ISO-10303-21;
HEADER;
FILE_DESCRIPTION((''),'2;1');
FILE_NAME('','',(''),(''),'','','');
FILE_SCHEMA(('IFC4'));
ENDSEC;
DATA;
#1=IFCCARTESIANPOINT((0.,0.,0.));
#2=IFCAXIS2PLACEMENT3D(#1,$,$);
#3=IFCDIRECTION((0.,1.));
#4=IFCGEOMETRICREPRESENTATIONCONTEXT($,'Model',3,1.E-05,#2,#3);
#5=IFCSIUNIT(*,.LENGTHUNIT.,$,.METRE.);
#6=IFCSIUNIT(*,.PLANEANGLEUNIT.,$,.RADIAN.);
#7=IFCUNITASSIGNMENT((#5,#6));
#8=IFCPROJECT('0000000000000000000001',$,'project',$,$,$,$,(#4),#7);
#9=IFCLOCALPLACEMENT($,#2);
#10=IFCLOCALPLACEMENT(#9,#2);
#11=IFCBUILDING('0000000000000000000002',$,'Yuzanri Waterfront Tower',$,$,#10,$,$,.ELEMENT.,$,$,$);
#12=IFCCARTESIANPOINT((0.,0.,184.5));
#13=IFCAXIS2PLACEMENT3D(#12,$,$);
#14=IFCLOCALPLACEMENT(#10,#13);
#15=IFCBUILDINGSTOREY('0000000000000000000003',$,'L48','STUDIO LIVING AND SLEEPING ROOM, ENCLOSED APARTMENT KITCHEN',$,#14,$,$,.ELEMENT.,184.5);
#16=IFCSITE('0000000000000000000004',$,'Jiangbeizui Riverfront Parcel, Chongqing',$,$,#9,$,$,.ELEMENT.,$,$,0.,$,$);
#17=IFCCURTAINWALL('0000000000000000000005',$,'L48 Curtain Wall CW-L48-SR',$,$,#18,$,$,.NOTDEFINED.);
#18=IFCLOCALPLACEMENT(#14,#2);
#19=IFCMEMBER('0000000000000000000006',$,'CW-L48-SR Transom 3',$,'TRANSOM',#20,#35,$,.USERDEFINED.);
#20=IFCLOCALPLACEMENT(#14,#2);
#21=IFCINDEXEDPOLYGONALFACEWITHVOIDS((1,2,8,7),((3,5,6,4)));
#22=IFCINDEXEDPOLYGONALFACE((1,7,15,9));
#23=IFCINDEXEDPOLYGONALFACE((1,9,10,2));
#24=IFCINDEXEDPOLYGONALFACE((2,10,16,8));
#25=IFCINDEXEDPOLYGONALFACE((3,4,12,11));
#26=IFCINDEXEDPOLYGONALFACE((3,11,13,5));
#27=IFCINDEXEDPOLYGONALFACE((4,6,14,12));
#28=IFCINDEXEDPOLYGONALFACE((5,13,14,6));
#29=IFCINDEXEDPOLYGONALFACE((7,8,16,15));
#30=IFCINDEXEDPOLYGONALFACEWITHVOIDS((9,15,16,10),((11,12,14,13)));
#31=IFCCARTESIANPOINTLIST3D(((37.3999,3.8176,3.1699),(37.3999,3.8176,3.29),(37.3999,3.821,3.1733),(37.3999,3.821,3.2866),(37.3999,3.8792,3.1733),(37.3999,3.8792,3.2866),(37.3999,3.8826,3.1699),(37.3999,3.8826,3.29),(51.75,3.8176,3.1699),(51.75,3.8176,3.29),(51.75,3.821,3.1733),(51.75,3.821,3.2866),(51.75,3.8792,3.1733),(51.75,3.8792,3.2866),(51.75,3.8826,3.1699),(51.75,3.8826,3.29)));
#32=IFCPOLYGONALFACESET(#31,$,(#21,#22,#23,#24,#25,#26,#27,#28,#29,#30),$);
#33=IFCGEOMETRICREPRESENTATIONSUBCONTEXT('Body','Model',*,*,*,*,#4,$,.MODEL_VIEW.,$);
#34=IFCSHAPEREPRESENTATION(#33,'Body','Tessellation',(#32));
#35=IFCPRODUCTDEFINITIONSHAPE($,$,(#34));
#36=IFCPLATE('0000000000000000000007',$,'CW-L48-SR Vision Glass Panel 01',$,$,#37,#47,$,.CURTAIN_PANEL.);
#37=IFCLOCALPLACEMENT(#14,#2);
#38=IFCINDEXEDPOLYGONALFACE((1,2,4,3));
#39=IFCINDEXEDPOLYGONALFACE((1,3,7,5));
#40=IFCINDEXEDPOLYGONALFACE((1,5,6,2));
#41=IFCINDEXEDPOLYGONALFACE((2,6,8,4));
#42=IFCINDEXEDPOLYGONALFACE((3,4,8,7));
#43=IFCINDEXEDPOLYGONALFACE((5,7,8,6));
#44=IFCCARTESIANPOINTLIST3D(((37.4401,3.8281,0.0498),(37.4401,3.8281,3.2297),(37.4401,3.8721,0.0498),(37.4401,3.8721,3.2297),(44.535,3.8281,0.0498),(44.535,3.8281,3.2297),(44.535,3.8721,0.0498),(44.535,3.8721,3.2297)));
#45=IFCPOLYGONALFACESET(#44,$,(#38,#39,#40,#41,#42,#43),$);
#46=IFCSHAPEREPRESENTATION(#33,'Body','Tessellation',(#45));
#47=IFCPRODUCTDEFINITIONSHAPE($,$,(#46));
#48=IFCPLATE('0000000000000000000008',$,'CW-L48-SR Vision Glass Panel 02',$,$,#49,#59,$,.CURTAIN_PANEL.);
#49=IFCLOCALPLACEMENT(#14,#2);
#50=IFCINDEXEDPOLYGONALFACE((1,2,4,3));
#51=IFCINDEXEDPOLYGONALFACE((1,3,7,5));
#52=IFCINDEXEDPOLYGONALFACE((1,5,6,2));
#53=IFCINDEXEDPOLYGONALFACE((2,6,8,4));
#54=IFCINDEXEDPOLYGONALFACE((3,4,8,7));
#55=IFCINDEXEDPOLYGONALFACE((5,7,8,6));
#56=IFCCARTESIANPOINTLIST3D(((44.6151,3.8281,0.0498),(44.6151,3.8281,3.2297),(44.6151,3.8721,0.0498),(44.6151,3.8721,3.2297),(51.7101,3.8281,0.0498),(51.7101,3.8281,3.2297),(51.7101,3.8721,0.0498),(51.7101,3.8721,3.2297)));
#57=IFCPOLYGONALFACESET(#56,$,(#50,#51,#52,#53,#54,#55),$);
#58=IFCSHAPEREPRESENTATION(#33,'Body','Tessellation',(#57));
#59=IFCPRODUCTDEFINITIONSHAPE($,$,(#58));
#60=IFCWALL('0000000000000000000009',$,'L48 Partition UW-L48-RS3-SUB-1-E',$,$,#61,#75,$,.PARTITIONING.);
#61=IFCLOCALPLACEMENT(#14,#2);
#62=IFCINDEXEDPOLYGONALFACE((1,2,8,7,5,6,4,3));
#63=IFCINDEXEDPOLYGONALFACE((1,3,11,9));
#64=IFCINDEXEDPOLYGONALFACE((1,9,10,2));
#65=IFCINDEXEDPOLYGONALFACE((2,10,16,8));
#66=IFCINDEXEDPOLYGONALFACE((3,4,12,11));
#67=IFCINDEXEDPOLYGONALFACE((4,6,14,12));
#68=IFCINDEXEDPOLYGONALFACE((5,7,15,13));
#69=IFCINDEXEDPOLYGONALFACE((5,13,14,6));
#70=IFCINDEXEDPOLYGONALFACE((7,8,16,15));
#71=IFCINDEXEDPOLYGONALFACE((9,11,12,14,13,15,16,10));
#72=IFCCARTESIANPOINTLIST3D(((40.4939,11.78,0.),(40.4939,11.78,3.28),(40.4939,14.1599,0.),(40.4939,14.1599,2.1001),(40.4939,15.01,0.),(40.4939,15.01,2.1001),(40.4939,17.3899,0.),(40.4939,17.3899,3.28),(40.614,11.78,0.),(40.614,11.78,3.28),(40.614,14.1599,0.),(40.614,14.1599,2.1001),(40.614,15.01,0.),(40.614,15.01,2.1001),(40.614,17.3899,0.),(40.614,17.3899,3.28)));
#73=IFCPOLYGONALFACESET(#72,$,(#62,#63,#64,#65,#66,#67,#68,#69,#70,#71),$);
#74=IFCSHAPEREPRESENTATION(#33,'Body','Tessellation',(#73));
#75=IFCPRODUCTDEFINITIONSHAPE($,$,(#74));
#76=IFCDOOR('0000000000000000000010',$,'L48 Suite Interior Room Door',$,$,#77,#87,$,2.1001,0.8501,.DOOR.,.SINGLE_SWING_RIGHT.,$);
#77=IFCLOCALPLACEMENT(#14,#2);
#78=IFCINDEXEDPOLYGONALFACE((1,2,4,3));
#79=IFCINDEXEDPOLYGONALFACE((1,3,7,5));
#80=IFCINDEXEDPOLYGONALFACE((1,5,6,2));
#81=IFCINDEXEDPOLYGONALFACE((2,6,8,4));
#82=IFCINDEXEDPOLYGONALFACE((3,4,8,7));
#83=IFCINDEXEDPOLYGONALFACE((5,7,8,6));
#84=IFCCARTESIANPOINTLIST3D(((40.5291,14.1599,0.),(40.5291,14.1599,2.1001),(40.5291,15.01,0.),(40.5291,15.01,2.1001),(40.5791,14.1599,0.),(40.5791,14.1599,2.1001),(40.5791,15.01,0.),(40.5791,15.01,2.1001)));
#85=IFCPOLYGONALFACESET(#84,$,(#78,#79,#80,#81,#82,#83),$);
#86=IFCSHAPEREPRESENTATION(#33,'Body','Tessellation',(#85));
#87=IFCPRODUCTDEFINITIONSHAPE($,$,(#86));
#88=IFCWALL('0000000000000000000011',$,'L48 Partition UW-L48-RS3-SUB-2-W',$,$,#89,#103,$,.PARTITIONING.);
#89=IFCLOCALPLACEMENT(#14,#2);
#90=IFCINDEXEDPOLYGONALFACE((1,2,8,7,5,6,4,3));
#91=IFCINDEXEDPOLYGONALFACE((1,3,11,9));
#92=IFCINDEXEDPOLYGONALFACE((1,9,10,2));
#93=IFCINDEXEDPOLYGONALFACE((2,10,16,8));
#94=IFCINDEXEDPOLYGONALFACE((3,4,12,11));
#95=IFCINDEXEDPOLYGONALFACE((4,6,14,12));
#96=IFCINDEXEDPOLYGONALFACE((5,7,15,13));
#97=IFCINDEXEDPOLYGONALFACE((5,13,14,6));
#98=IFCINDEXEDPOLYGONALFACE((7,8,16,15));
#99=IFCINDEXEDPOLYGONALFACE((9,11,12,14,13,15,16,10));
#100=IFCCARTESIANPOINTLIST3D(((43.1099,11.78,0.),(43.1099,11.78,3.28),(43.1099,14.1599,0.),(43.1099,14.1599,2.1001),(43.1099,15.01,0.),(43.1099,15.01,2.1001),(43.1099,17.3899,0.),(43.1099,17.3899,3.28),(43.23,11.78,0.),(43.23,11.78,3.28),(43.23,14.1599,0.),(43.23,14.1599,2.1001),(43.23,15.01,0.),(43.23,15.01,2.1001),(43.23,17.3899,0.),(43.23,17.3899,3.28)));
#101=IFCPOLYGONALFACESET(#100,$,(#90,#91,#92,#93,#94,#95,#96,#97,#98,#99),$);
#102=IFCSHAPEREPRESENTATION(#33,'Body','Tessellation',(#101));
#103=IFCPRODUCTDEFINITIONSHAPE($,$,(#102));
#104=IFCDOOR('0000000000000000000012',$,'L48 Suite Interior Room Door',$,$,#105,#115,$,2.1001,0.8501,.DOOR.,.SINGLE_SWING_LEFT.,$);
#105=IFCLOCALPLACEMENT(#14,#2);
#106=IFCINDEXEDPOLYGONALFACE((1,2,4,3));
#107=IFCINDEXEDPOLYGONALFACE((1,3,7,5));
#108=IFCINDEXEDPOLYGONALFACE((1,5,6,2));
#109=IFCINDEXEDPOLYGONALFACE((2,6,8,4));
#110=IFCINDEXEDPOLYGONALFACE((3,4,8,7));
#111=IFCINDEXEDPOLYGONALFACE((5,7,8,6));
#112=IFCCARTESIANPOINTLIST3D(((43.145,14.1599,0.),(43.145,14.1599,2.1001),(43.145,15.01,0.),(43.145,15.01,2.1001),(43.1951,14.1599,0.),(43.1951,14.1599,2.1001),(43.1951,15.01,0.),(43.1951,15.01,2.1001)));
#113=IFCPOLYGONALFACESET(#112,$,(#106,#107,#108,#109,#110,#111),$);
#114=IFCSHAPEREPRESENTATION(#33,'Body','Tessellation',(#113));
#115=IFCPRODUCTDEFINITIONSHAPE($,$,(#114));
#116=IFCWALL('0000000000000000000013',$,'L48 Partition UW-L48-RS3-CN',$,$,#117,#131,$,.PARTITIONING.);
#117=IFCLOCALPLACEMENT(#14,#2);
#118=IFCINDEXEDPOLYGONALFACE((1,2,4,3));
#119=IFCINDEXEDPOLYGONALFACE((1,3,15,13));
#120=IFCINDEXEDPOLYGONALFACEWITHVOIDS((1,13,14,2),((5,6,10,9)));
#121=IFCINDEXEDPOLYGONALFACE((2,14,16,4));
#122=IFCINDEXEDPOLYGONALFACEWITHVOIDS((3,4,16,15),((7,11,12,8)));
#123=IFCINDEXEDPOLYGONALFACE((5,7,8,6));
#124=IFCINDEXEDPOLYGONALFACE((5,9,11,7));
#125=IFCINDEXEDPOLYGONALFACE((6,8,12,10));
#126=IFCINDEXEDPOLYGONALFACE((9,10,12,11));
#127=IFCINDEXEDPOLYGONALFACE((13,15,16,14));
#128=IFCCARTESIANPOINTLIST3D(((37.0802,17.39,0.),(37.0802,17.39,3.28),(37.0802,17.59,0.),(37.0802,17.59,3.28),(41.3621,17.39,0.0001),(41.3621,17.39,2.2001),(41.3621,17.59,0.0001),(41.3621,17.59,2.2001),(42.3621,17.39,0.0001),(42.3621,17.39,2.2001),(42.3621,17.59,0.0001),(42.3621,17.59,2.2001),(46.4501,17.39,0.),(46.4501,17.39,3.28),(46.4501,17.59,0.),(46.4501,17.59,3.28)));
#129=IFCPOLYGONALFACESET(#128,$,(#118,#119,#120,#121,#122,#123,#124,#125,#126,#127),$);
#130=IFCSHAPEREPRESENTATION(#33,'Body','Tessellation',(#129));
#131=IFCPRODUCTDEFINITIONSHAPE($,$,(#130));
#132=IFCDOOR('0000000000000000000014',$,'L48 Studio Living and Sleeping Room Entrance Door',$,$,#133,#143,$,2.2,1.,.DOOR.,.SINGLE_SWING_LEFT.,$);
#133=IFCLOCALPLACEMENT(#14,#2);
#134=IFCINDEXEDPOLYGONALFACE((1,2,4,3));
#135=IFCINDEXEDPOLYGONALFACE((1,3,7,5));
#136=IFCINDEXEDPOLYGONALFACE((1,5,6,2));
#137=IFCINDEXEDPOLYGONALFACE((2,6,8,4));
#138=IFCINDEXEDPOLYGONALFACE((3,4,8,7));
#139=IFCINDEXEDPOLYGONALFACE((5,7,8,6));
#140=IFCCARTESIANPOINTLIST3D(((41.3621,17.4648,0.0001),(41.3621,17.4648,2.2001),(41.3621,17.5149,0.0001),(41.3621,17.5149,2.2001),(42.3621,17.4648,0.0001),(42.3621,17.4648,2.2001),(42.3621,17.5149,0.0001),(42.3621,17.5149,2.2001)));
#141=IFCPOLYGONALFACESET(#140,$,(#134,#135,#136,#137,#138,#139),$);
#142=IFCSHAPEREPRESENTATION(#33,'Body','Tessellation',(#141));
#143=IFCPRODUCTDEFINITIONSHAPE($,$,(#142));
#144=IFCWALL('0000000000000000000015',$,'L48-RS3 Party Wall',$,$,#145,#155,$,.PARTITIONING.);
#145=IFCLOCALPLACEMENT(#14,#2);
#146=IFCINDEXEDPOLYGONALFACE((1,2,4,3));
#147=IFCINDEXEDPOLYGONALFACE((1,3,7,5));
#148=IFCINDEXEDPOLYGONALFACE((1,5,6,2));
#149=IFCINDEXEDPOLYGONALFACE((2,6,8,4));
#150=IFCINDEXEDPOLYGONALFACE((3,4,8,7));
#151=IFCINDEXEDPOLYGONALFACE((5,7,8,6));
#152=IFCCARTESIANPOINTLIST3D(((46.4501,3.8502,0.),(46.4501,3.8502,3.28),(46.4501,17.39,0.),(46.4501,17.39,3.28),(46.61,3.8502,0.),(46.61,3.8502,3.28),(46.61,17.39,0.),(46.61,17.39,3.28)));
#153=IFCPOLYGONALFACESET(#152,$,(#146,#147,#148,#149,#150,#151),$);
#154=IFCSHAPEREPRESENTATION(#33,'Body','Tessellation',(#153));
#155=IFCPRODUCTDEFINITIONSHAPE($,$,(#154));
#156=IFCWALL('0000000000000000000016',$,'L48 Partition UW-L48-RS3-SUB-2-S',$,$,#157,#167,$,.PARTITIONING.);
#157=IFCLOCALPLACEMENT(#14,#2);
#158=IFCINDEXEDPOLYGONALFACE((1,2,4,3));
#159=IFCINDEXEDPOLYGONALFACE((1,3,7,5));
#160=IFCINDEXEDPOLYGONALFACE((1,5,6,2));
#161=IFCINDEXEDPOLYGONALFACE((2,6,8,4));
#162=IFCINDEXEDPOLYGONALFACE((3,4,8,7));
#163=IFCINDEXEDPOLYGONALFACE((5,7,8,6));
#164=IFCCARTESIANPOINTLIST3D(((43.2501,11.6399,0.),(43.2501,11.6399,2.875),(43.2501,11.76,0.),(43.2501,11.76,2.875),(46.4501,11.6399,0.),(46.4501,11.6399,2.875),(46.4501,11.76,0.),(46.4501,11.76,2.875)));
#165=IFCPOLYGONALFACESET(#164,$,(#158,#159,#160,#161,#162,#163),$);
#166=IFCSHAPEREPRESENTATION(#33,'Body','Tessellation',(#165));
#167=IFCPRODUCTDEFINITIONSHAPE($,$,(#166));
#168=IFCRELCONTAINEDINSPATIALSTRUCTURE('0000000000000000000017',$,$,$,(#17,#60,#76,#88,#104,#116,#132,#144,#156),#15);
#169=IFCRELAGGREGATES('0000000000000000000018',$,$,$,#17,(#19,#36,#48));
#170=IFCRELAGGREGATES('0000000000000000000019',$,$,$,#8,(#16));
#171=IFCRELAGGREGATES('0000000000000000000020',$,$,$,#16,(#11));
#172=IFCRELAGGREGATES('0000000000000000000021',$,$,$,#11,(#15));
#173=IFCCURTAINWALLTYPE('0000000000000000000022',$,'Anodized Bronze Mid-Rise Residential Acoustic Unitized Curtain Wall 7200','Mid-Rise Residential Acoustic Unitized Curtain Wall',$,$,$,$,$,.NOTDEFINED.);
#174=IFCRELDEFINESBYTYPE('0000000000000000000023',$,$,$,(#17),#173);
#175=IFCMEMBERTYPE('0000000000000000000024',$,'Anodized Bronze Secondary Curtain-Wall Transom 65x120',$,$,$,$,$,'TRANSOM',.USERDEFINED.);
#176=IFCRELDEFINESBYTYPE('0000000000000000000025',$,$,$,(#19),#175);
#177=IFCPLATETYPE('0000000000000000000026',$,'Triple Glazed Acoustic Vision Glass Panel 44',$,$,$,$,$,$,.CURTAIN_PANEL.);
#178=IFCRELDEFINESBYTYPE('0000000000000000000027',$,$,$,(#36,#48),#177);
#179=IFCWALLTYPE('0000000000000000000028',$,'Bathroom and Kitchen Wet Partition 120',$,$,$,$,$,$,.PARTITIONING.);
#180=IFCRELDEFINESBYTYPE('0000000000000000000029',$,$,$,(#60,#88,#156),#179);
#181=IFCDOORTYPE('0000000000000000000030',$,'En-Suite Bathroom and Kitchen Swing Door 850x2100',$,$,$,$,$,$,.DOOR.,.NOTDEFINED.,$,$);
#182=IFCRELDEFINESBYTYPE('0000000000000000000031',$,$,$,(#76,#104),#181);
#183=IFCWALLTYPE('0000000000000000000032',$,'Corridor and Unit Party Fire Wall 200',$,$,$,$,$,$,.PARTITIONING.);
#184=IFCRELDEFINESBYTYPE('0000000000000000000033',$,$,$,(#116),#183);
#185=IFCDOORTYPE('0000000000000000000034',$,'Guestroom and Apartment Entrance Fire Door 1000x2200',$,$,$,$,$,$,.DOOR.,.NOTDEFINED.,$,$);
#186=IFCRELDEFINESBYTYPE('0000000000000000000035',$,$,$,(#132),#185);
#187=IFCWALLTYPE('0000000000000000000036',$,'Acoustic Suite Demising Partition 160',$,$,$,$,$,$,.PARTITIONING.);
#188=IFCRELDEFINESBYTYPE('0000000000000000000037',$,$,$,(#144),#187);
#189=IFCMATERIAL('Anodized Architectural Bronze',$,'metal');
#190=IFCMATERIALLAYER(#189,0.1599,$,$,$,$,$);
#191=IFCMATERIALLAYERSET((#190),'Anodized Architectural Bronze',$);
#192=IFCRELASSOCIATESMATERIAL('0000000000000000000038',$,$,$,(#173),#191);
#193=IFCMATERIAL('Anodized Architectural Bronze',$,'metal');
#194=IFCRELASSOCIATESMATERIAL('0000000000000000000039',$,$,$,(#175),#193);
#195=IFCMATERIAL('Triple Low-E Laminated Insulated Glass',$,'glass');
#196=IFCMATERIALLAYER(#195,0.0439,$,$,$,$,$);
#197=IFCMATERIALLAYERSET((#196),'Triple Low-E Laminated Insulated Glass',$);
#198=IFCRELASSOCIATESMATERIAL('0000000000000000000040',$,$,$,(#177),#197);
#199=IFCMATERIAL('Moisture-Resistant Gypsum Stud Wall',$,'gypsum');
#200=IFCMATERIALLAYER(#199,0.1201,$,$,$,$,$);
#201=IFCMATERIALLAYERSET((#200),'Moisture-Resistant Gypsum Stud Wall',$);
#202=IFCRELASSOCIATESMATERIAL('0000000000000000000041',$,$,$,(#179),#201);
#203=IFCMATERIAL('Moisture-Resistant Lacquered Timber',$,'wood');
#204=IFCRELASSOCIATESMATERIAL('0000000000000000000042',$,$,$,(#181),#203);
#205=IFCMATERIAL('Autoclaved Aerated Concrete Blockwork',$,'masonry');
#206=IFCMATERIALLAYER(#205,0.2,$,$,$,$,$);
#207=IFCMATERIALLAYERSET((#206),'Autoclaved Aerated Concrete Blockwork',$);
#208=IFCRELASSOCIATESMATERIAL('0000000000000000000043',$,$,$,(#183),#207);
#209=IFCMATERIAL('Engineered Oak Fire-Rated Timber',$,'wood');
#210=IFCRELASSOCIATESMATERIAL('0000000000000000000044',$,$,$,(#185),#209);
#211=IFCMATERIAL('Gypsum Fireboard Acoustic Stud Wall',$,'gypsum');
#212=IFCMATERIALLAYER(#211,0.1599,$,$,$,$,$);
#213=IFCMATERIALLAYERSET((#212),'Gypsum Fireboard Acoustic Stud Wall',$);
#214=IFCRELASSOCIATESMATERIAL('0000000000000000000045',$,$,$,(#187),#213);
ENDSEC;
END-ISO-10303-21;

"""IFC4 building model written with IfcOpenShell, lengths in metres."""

from ifc_helpers import new_model, si_unit, direction, frame, frame_2d, origin, origin_2d, place, context, subcontext, project, spatial, rectangle, hollow_rectangle, extrude, source, transform, mapped, material, layer, layer_set, material_profile, profile_set, type_object, element, fill, aggregate, save


model = new_model("IFC4")

# Units and contexts
model_context = context("Model", 3, precision=1e-05, world=origin(), true_north=direction((0.0, 1.0)))
body_context = subcontext(model_context, "Body", "Model", "MODEL_VIEW")
ifc_project = project(units=[si_unit("LENGTHUNIT", "METRE"), si_unit("PLANEANGLEUNIT", "RADIAN")], contexts=[model_context])

# Site, building, storey
site_placement = place(None, origin())
site = spatial("IfcSite", under=ifc_project, at=site_placement, Name="Jiangbeizui Riverfront Parcel, Chongqing", CompositionType="ELEMENT", RefElevation=0.0)
building_placement = place(site_placement, origin())
building = spatial("IfcBuilding", under=site, at=building_placement, Name="Yuzanri Waterfront Tower", CompositionType="ELEMENT")
storey_placement = place(building_placement, frame((0.0, 0.0, 184.5)))
storey = spatial("IfcBuildingStorey", under=building, at=storey_placement, Name="L48", Description="STUDIO LIVING AND SLEEPING ROOM, ENCLOSED APARTMENT KITCHEN", CompositionType="ELEMENT", Elevation=184.5)

# Curtain wall, member, plates
ifc_material_1 = material(Name="Anodized Architectural Bronze", Category="metal")
ifc_layer_1 = layer(ifc_material_1, 0.1599)
ifc_layer_set_1 = layer_set([ifc_layer_1], Name="Anodized Architectural Bronze")
curtain_wall_type = type_object("IfcCurtainWallType", Name="Anodized Bronze Mid-Rise Residential Acoustic Unitized Curtain Wall 7200", Description="Mid-Rise Residential Acoustic Unitized Curtain Wall", PredefinedType="NOTDEFINED", material=ifc_layer_set_1)
curtain_wall_placement = place(storey_placement, origin())
curtain_wall = element("IfcCurtainWall", 1, at=curtain_wall_placement, inside=storey, type_object=curtain_wall_type, Name="L48 Curtain Wall CW-L48-SR", PredefinedType="NOTDEFINED")
ifc_material_2 = material(Name="Anodized Architectural Bronze", Category="metal")
ifc_material_profile_1 = material_profile(ifc_material_2, hollow_rectangle(XDim=0.0649, YDim=0.1201, WallThickness=0.0034, at=origin_2d()), Name="CWT 65x120")
ifc_profile_set_1 = profile_set([ifc_material_profile_1], Name="Anodized Architectural Bronze")
member_type_1 = type_object("IfcMemberType", Name="Anodized Bronze Secondary Curtain-Wall Transom 65x120", ElementType="TRANSOM", PredefinedType="USERDEFINED", material=ifc_profile_set_1)
shared_shape_1 = source(origin(), body_context, "Body", "SweptSolid", [
    extrude(hollow_rectangle(XDim=0.0649, YDim=0.1201, WallThickness=0.0034, at=origin_2d()), origin(), (0.0, 0.0, 1.0), 14.3501),
])
member_1_placement = place(storey_placement, frame((37.3999, 3.8501, 3.23), z_axis=(1.0, 0.0, 0.0), x_axis=(0.0, 1.0, 0.0)))
member_1 = element("IfcMember", 2, at=member_1_placement, type_object=member_type_1, Name="CW-L48-SR Transom 3", ObjectType="TRANSOM", PredefinedType="USERDEFINED", context=body_context, shape_type="MappedRepresentation", body=[
    mapped(shared_shape_1, transform((0.0, 0.0, 0.0), scale=1.0)),
])
ifc_material_3 = material(Name="Triple Low-E Laminated Insulated Glass", Category="glass")
ifc_layer_2 = layer(ifc_material_3, 0.0439)
ifc_layer_set_2 = layer_set([ifc_layer_2], Name="Triple Low-E Laminated Insulated Glass")
plate_type = type_object("IfcPlateType", Name="Triple Glazed Acoustic Vision Glass Panel 44", PredefinedType="CURTAIN_PANEL", material=ifc_layer_set_2)
shared_shape_2 = source(origin(), body_context, "Body", "SweptSolid", [
    extrude(rectangle(XDim=7.095, YDim=0.0439, at=origin_2d()), origin(), (0.0, 0.0, 1.0), 3.1799),
])
plate_1_placement = place(storey_placement, frame((40.9875, 3.8501, 0.0498), z_axis=(0.0, 0.0, 1.0), x_axis=(1.0, 0.0, 0.0)))
plate_1 = element("IfcPlate", 3, at=plate_1_placement, type_object=plate_type, Name="CW-L48-SR Vision Glass Panel 01", PredefinedType="CURTAIN_PANEL", context=body_context, shape_type="MappedRepresentation", body=[
    mapped(shared_shape_2, transform((0.0, 0.0, 0.0), scale=1.0)),
])
plate_2_placement = place(storey_placement, frame((48.1626, 3.8501, 0.0498), z_axis=(0.0, 0.0, 1.0), x_axis=(1.0, 0.0, 0.0)))
plate_2 = element("IfcPlate", 4, at=plate_2_placement, type_object=plate_type, Name="CW-L48-SR Vision Glass Panel 02", PredefinedType="CURTAIN_PANEL", context=body_context, shape_type="MappedRepresentation", body=[
    mapped(shared_shape_2, transform((0.0, 0.0, 0.0), scale=1.0)),
])
aggregate(curtain_wall, [member_1, plate_1, plate_2])

# Walls, openings, doors
ifc_material_4 = material(Name="Moisture-Resistant Gypsum Stud Wall", Category="gypsum")
ifc_layer_3 = layer(ifc_material_4, 0.1201)
ifc_layer_set_3 = layer_set([ifc_layer_3], Name="Moisture-Resistant Gypsum Stud Wall")
wall_type_1 = type_object("IfcWallType", Name="Bathroom and Kitchen Wet Partition 120", PredefinedType="PARTITIONING", material=ifc_layer_set_3)
wall_1_placement = place(storey_placement, frame((40.554, 11.78, 0.0), z_axis=(0.0, 0.0, 1.0), x_axis=(0.0, 1.0, 0.0)))
wall_1 = element("IfcWall", 5, at=wall_1_placement, inside=storey, type_object=wall_type_1, Name="L48 Partition UW-L48-RS3-SUB-1-E", PredefinedType="PARTITIONING", context=body_context, shape_type="SweptSolid", body=[
    extrude(rectangle(XDim=5.6099, YDim=0.1201, at=frame_2d((2.8049, 0.0))), origin(), (0.0, 0.0, 1.0), 3.28),
])
opening_1_placement = place(wall_1_placement, frame((2.3799, 0.0, 0.0)))
opening_1 = element("IfcOpeningElement", 6, at=opening_1_placement, cuts=wall_1, PredefinedType="OPENING", context=body_context, shape_type="SweptSolid", body=[
    extrude(rectangle(XDim=0.8501, YDim=2.1001, at=frame_2d((0.425, 1.05))), frame((0.0, 0.075, 0.0), z_axis=(0.0, -1.0, 0.0), x_axis=(1.0, 0.0, 0.0)), (0.0, 0.0, 1.0), 0.1499),
])
ifc_material_5 = material(Name="Moisture-Resistant Lacquered Timber", Category="wood")
door_type_1 = type_object("IfcDoorType", Name="En-Suite Bathroom and Kitchen Swing Door 850x2100", OperationType="NOTDEFINED", PredefinedType="DOOR", material=ifc_material_5)
shared_shape_3 = source(origin(), body_context, "Body", "SweptSolid", [
    extrude(rectangle(XDim=0.8501, YDim=2.1001, at=frame_2d((0.425, 1.05))), frame((0.0, 0.0249, 0.0), z_axis=(0.0, -1.0, 0.0), x_axis=(1.0, 0.0, 0.0)), (0.0, 0.0, 1.0), 0.05),
])
door_1_placement = place(opening_1_placement, origin())
door_1 = element("IfcDoor", 7, at=door_1_placement, inside=storey, type_object=door_type_1, Name="L48 Suite Interior Room Door", OperationType="SINGLE_SWING_RIGHT", OverallHeight=2.1001, OverallWidth=0.8501, PredefinedType="DOOR", context=body_context, shape_type="MappedRepresentation", body=[
    mapped(shared_shape_3, transform((0.0, 0.0, 0.0), scale=1.0)),
])
fill(opening_1, door_1)
wall_2_placement = place(storey_placement, frame((43.1699, 11.78, 0.0), z_axis=(0.0, 0.0, 1.0), x_axis=(0.0, 1.0, 0.0)))
wall_2 = element("IfcWall", 8, at=wall_2_placement, inside=storey, type_object=wall_type_1, Name="L48 Partition UW-L48-RS3-SUB-2-W", PredefinedType="PARTITIONING", context=body_context, shape_type="SweptSolid", body=[
    extrude(rectangle(XDim=5.6099, YDim=0.1201, at=frame_2d((2.8049, 0.0))), origin(), (0.0, 0.0, 1.0), 3.28),
])
opening_2_placement = place(wall_2_placement, frame((2.3799, 0.0, 0.0)))
opening_2 = element("IfcOpeningElement", 9, at=opening_2_placement, cuts=wall_2, PredefinedType="OPENING", context=body_context, shape_type="SweptSolid", body=[
    extrude(rectangle(XDim=0.8501, YDim=2.1001, at=frame_2d((0.425, 1.05))), frame((0.0, 0.075, 0.0), z_axis=(0.0, -1.0, 0.0), x_axis=(1.0, 0.0, 0.0)), (0.0, 0.0, 1.0), 0.1499),
])
door_2_placement = place(opening_2_placement, origin())
door_2 = element("IfcDoor", 10, at=door_2_placement, inside=storey, type_object=door_type_1, Name="L48 Suite Interior Room Door", OperationType="SINGLE_SWING_LEFT", OverallHeight=2.1001, OverallWidth=0.8501, PredefinedType="DOOR", context=body_context, shape_type="MappedRepresentation", body=[
    mapped(shared_shape_3, transform((0.0, 0.0, 0.0), scale=1.0)),
])
fill(opening_2, door_2)
ifc_material_6 = material(Name="Autoclaved Aerated Concrete Blockwork", Category="masonry")
ifc_layer_4 = layer(ifc_material_6, 0.2)
ifc_layer_set_4 = layer_set([ifc_layer_4], Name="Autoclaved Aerated Concrete Blockwork")
wall_type_2 = type_object("IfcWallType", Name="Corridor and Unit Party Fire Wall 200", PredefinedType="PARTITIONING", material=ifc_layer_set_4)
wall_3_placement = place(storey_placement, frame((37.0801, 17.49, 0.0), z_axis=(0.0, 0.0, 1.0), x_axis=(1.0, 0.0, 0.0)))
wall_3 = element("IfcWall", 11, at=wall_3_placement, inside=storey, type_object=wall_type_2, Name="L48 Partition UW-L48-RS3-CN", PredefinedType="PARTITIONING", context=body_context, shape_type="SweptSolid", body=[
    extrude(rectangle(XDim=9.3699, YDim=0.2, at=frame_2d((4.6851, 0.0))), origin(), (0.0, 0.0, 1.0), 3.28),
])
opening_3_placement = place(wall_3_placement, frame((4.282, 0.0, 0.0)))
opening_3 = element("IfcOpeningElement", 12, at=opening_3_placement, cuts=wall_3, PredefinedType="OPENING", context=body_context, shape_type="SweptSolid", body=[
    extrude(rectangle(XDim=1.0, YDim=2.2, at=frame_2d((0.5, 1.1001))), frame((0.0, 0.1147, 0.0), z_axis=(0.0, -1.0, 0.0), x_axis=(1.0, 0.0, 0.0)), (0.0, 0.0, 1.0), 0.2297),
])
ifc_material_7 = material(Name="Engineered Oak Fire-Rated Timber", Category="wood")
door_type_2 = type_object("IfcDoorType", Name="Guestroom and Apartment Entrance Fire Door 1000x2200", OperationType="NOTDEFINED", PredefinedType="DOOR", material=ifc_material_7)
shared_shape_4 = source(origin(), body_context, "Body", "SweptSolid", [
    extrude(rectangle(XDim=1.0, YDim=2.2, at=frame_2d((0.5, 1.1001))), frame((0.0, 0.0249, 0.0), z_axis=(0.0, -1.0, 0.0), x_axis=(1.0, 0.0, 0.0)), (0.0, 0.0, 1.0), 0.05),
])
door_3_placement = place(opening_3_placement, origin())
door_3 = element("IfcDoor", 13, at=door_3_placement, inside=storey, type_object=door_type_2, Name="L48 Studio Living and Sleeping Room Entrance Door", OperationType="SINGLE_SWING_LEFT", OverallHeight=2.2, OverallWidth=1.0, PredefinedType="DOOR", context=body_context, shape_type="MappedRepresentation", body=[
    mapped(shared_shape_4, transform((0.0, 0.0, 0.0), scale=1.0)),
])
fill(opening_3, door_3)

# Walls
ifc_material_8 = material(Name="Gypsum Fireboard Acoustic Stud Wall", Category="gypsum")
ifc_layer_5 = layer(ifc_material_8, 0.1599)
ifc_layer_set_5 = layer_set([ifc_layer_5], Name="Gypsum Fireboard Acoustic Stud Wall")
wall_type_3 = type_object("IfcWallType", Name="Acoustic Suite Demising Partition 160", PredefinedType="PARTITIONING", material=ifc_layer_set_5)
shared_shape_5 = source(origin(), body_context, "Body", "SweptSolid", [
    extrude(rectangle(XDim=13.5398, YDim=0.1599, at=frame_2d((6.77, 0.0))), origin(), (0.0, 0.0, 1.0), 3.28),
])
wall_4_placement = place(storey_placement, frame((46.53, 3.8501, 0.0), z_axis=(0.0, 0.0, 1.0), x_axis=(0.0, 1.0, 0.0)))
element("IfcWall", 14, at=wall_4_placement, inside=storey, type_object=wall_type_3, Name="L48-RS3 Party Wall", PredefinedType="PARTITIONING", context=body_context, shape_type="MappedRepresentation", body=[
    mapped(shared_shape_5, transform((0.0, 0.0, 0.0), scale=1.0)),
])
shared_shape_6 = source(origin(), body_context, "Body", "SweptSolid", [
    extrude(rectangle(XDim=3.2, YDim=0.1201, at=frame_2d((1.6001, 0.0))), origin(), (0.0, 0.0, 1.0), 2.875),
])
wall_5_placement = place(storey_placement, frame((43.25, 11.7, 0.0), z_axis=(0.0, 0.0, 1.0), x_axis=(1.0, 0.0, 0.0)))
element("IfcWall", 15, at=wall_5_placement, inside=storey, type_object=wall_type_1, Name="L48 Partition UW-L48-RS3-SUB-2-S", PredefinedType="PARTITIONING", context=body_context, shape_type="MappedRepresentation", body=[
    mapped(shared_shape_6, transform((0.0, 0.0, 0.0), scale=1.0)),
])

save(model, "model.ifc")
